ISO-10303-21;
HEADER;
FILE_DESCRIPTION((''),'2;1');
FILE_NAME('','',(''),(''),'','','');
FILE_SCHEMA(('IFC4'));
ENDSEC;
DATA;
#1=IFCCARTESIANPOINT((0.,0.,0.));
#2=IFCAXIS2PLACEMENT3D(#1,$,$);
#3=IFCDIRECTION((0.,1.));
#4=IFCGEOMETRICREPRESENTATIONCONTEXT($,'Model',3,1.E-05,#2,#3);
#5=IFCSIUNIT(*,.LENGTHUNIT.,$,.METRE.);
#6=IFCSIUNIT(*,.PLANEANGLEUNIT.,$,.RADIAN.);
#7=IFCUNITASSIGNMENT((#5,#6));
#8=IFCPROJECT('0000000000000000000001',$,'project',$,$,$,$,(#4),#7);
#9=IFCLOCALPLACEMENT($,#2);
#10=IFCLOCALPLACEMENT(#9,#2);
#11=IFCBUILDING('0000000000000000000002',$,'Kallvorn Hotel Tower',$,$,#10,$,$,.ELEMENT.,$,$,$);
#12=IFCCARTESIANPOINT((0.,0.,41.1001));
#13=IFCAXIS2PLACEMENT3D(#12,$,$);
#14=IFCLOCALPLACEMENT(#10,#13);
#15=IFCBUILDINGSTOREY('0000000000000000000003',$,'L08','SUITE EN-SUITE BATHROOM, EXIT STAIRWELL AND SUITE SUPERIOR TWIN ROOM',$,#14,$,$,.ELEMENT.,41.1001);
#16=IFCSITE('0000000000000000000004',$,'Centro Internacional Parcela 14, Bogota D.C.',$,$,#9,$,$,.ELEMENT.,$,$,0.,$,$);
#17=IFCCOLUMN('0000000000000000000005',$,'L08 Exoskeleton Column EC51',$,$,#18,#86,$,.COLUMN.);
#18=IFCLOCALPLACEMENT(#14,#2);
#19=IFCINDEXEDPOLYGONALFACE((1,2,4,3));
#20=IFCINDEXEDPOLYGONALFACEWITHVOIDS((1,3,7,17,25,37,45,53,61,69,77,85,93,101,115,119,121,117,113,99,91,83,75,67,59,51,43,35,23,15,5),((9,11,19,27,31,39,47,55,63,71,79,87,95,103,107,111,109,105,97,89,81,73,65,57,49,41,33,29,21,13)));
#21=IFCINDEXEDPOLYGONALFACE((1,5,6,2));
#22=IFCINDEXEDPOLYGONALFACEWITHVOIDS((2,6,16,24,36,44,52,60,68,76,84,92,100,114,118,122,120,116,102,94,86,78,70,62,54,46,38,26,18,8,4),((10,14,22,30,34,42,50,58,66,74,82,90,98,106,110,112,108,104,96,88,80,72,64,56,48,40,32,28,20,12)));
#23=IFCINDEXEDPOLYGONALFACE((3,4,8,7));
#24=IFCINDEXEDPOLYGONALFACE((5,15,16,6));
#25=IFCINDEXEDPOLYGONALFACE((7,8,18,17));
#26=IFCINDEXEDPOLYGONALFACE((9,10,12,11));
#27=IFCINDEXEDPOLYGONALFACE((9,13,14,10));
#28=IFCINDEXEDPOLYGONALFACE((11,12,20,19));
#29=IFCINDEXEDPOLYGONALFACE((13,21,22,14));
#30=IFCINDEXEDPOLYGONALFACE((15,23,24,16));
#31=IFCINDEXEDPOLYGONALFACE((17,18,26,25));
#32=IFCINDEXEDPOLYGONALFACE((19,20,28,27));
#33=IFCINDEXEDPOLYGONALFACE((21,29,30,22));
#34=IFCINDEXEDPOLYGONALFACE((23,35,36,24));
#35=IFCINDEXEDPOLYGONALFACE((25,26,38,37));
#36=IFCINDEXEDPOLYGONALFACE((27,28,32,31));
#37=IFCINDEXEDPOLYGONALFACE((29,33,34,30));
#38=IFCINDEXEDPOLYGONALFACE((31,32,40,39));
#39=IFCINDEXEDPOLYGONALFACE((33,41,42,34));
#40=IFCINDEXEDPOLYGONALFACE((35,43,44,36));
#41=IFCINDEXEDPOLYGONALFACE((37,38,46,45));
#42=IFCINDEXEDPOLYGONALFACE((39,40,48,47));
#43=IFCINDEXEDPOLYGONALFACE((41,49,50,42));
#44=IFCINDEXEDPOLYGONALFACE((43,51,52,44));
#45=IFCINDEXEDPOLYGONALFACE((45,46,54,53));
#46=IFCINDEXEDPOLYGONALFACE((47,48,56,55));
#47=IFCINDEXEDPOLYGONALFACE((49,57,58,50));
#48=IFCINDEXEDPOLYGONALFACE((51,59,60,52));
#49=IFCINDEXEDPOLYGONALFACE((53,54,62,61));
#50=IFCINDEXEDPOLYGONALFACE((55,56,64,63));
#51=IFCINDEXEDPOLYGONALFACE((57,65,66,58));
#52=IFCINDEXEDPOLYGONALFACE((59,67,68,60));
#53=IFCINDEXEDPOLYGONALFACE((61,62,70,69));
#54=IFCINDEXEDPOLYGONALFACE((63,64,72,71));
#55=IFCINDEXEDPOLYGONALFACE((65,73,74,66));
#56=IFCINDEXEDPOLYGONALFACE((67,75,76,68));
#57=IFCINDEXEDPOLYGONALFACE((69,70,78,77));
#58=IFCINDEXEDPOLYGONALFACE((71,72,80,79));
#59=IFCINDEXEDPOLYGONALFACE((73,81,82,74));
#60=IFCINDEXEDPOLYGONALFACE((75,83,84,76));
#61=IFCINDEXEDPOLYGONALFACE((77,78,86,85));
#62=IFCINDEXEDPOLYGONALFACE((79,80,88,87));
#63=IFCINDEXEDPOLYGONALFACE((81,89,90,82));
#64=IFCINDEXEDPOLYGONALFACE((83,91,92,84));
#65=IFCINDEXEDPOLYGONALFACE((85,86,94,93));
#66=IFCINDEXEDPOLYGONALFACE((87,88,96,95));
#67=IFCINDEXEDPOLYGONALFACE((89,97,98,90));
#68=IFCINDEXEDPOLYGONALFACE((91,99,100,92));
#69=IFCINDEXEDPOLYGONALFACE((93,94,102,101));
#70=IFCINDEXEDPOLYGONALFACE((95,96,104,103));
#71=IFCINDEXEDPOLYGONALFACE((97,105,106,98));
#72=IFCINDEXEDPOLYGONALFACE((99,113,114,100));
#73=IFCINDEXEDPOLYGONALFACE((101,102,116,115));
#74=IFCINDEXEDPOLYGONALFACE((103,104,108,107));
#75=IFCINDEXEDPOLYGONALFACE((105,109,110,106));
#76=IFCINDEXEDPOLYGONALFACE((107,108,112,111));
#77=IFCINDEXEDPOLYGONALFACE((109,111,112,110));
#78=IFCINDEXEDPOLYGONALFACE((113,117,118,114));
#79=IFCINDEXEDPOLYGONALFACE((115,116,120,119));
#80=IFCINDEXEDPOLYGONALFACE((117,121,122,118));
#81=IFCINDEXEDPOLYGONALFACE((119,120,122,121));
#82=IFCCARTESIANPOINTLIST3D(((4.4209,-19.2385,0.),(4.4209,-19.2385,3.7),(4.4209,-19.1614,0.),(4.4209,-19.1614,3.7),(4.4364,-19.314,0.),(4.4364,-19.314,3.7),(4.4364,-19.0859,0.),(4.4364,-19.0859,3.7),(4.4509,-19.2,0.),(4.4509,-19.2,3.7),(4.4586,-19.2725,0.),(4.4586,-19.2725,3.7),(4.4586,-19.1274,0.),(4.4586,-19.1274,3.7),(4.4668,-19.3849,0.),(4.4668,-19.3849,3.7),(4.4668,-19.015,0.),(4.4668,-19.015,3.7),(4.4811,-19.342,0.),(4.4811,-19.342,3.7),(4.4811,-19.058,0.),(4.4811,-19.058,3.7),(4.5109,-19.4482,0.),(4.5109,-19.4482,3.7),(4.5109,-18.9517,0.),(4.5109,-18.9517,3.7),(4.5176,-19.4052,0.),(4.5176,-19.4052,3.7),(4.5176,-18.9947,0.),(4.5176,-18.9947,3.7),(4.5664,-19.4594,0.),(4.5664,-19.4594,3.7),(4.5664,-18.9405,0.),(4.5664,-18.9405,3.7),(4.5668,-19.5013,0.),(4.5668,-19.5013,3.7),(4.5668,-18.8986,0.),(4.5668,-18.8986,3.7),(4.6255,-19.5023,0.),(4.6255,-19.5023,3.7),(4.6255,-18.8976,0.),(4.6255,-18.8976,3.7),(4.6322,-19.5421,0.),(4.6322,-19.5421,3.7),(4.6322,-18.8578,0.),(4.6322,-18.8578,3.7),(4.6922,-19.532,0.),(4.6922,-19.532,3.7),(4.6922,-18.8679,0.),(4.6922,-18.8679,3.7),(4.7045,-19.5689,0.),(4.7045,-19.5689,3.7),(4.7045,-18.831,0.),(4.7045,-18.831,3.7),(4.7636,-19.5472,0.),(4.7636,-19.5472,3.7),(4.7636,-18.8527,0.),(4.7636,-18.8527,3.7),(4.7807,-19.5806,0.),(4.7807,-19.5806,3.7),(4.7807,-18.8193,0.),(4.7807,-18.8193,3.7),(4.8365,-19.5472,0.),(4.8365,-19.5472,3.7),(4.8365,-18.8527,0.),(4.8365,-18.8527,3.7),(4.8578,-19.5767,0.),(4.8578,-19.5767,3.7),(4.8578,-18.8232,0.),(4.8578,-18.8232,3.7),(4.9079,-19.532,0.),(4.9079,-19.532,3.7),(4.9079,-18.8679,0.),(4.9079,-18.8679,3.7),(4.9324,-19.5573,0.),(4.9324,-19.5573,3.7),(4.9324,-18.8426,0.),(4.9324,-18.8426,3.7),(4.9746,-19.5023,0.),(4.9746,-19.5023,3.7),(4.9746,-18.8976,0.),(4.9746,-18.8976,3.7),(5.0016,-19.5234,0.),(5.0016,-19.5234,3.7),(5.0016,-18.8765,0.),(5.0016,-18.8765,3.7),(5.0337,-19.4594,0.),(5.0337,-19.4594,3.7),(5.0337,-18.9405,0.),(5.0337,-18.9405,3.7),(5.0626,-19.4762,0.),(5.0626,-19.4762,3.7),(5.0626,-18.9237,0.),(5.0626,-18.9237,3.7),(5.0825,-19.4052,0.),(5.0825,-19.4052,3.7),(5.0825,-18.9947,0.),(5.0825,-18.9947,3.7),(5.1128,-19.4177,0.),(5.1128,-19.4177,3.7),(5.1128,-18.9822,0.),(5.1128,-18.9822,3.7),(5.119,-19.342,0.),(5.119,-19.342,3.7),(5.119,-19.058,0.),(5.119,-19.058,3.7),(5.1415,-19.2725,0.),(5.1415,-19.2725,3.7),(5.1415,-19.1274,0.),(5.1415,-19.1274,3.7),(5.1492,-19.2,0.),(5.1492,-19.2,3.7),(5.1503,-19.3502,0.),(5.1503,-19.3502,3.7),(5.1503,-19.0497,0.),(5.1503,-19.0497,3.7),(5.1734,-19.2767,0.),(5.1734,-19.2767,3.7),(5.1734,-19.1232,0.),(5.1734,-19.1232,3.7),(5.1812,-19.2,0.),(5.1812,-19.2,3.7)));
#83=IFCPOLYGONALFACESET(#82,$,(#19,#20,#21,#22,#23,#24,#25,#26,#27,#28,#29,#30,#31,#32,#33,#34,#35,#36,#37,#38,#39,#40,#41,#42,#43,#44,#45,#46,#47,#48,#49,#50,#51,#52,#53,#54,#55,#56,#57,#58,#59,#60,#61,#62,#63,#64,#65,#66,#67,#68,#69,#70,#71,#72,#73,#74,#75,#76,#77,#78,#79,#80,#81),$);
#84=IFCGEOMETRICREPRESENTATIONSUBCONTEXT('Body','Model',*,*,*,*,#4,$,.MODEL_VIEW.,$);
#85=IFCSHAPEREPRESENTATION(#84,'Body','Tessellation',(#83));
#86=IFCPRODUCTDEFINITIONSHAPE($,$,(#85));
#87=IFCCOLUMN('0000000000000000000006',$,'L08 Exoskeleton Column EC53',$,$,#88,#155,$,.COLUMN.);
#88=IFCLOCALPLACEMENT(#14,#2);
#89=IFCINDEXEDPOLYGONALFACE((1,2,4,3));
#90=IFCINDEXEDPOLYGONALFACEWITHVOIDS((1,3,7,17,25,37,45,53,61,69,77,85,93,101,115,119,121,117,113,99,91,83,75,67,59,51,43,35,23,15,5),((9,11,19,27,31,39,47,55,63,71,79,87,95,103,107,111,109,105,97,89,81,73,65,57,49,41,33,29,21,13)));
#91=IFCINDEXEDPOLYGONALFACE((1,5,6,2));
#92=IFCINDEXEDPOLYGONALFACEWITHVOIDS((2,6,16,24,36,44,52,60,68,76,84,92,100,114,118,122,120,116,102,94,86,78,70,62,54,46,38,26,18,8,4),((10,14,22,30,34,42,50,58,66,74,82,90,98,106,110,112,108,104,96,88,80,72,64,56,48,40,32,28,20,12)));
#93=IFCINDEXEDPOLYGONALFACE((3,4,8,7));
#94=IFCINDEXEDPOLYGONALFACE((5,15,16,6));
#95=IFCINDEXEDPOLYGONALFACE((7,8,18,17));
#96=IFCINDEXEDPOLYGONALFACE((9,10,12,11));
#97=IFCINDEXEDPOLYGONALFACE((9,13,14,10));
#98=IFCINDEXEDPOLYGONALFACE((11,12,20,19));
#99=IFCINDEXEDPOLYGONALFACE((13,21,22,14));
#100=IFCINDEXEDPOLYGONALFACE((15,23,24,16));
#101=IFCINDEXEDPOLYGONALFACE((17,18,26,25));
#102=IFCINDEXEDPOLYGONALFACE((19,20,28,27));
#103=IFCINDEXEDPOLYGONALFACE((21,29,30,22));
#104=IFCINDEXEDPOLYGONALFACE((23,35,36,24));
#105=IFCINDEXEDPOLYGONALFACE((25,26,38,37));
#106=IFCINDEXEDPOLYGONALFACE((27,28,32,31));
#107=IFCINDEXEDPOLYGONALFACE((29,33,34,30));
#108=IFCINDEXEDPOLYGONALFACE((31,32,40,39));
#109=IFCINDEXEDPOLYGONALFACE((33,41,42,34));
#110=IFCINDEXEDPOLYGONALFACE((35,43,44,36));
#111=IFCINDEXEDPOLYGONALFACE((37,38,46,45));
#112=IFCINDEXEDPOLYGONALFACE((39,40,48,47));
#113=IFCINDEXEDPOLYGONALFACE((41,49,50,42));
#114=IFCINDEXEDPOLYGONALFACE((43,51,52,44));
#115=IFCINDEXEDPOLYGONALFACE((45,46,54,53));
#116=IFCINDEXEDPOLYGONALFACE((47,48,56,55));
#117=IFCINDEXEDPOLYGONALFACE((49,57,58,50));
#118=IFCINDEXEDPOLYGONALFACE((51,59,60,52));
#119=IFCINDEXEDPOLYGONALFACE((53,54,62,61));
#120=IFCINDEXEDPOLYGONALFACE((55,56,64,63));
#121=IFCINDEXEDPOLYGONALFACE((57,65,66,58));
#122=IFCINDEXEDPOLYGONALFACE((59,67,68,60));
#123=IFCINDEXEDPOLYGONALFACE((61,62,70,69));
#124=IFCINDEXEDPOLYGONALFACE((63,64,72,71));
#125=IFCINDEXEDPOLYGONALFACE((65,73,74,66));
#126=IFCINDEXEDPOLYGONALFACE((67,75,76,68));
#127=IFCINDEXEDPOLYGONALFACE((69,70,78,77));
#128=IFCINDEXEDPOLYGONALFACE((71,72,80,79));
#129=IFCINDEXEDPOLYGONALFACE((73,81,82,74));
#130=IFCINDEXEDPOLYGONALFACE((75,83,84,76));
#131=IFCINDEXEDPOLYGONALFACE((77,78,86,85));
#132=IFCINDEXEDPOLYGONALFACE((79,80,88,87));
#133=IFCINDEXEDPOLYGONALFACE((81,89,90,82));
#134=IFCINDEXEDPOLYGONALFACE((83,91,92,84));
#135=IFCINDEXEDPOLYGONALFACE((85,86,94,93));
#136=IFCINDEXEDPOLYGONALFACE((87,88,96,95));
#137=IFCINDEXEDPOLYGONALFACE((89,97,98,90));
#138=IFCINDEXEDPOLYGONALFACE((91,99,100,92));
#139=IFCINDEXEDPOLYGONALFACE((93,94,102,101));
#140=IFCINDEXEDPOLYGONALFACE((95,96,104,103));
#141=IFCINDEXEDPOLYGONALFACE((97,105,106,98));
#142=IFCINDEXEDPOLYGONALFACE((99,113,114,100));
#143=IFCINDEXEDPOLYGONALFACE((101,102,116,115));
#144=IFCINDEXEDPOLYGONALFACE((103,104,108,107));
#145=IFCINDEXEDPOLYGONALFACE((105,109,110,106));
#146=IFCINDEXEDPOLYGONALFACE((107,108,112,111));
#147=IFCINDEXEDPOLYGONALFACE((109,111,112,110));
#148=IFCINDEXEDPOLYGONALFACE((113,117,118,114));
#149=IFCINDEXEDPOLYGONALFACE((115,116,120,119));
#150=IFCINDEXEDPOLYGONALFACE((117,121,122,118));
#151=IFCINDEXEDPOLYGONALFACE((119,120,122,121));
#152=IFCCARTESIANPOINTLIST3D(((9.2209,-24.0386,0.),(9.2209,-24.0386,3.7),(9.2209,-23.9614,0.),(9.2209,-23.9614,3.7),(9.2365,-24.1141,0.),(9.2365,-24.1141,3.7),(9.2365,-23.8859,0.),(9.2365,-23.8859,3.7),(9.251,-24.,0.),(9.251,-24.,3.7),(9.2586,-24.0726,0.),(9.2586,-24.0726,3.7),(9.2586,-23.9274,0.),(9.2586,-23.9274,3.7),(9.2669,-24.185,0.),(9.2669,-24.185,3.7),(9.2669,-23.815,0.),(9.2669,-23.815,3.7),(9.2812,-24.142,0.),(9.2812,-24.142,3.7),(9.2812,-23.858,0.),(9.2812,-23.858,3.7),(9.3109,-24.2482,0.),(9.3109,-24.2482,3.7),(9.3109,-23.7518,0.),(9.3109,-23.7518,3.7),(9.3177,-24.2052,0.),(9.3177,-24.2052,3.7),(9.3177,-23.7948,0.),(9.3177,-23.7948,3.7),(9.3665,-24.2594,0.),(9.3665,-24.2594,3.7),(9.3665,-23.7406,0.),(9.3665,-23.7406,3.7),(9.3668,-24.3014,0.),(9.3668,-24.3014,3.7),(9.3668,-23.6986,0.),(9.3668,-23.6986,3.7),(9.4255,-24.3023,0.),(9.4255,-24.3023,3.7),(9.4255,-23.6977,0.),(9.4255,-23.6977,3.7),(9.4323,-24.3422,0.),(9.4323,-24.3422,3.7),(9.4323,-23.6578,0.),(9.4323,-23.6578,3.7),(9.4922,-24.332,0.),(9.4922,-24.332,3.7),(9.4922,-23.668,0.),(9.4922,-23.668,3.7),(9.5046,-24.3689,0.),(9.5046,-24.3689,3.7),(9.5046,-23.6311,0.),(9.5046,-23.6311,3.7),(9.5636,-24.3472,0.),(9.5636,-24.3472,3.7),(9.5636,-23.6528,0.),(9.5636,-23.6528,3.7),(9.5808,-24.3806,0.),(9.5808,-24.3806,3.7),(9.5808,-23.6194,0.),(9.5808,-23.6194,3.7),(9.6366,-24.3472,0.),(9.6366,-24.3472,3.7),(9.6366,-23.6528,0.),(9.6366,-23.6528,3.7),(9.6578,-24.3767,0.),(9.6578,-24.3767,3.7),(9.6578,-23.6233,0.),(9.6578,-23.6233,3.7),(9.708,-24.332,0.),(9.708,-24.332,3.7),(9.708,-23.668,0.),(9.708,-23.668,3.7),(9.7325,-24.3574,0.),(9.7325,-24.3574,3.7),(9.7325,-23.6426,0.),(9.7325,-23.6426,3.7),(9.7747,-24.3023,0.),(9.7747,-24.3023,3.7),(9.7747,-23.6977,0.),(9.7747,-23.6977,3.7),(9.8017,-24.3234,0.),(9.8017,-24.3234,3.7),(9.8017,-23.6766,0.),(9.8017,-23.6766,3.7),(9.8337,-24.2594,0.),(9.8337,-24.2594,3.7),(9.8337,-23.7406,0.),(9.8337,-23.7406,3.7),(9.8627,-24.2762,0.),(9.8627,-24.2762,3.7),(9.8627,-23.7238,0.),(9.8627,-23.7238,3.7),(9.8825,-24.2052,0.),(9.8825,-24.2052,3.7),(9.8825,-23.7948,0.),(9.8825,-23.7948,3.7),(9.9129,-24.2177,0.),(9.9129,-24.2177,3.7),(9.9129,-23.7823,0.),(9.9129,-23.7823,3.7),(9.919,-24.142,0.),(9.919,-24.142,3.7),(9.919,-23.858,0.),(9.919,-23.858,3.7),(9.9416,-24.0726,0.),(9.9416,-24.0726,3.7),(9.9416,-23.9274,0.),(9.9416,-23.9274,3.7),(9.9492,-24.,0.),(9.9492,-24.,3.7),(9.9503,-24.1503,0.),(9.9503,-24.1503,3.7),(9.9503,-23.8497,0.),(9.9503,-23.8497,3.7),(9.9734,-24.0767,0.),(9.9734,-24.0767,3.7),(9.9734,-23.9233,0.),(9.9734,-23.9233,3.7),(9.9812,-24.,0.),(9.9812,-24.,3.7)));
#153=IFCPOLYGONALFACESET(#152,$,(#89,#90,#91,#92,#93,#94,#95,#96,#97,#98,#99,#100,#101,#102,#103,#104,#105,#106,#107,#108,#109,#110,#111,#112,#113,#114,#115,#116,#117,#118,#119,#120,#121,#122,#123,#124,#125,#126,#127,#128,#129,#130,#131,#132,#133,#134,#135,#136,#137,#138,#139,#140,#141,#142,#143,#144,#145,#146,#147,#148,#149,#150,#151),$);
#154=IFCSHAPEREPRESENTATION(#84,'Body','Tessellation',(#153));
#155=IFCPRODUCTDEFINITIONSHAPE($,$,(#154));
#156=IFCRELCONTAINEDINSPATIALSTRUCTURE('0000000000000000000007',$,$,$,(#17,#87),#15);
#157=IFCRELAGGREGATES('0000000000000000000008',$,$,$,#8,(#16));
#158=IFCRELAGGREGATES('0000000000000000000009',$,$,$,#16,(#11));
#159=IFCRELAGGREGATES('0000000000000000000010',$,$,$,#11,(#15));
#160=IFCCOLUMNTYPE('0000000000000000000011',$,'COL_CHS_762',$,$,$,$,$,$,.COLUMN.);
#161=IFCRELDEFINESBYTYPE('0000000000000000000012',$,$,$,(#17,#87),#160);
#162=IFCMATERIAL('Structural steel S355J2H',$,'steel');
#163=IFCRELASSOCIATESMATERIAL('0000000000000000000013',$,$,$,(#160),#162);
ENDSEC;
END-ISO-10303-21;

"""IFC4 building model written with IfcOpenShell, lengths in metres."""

from ifc_helpers import new_model, si_unit, direction, frame, origin, origin_2d, place, context, subcontext, project, spatial, hollow_circle, extrude, material, material_profile, profile_set, type_object, element, save


model = new_model("IFC4")

# Units and contexts
model_context = context("Model", 3, precision=1e-05, world=origin(), true_north=direction((0.0, 1.0)))
body_context = subcontext(model_context, "Body", "Model", "MODEL_VIEW")
ifc_project = project(units=[si_unit("LENGTHUNIT", "METRE"), si_unit("PLANEANGLEUNIT", "RADIAN")], contexts=[model_context])

# Site, building, storey
site_placement = place(None, origin())
site = spatial("IfcSite", under=ifc_project, at=site_placement, Name="Centro Internacional Parcela 14, Bogota D.C.", CompositionType="ELEMENT", RefElevation=0.0)
building_placement = place(site_placement, origin())
building = spatial("IfcBuilding", under=site, at=building_placement, Name="Kallvorn Hotel Tower", CompositionType="ELEMENT")
storey_placement = place(building_placement, frame((0.0, 0.0, 41.1001)))
storey = spatial("IfcBuildingStorey", under=building, at=storey_placement, Name="L08", Description="SUITE EN-SUITE BATHROOM, EXIT STAIRWELL AND SUITE SUPERIOR TWIN ROOM", CompositionType="ELEMENT", Elevation=41.1001)

# Columns
ifc_material_1 = material(Name="Structural steel S355J2H", Category="steel")
ifc_material_profile_1 = material_profile(ifc_material_1, hollow_circle(Radius=0.3811, WallThickness=0.032, at=origin_2d()), Name="CHS 762x32")
ifc_profile_set_1 = profile_set([ifc_material_profile_1], Name="Structural steel S355J2H")
column_type_1 = type_object("IfcColumnType", Name="COL_CHS_762", PredefinedType="COLUMN", material=ifc_profile_set_1)
for number, where, z_axis, x_axis, name in (
    (1, (4.8, -19.2, 0.0), (0.0, 0.0, 1.0), (1.0, 0.0, 0.0), "L08 Exoskeleton Column EC51"),
    (2, (9.6001, -24.0, 0.0), (0.0, 0.0, 1.0), (1.0, 0.0, 0.0), "L08 Exoskeleton Column EC53"),
):
    element("IfcColumn", number, at=place(storey_placement, frame(where, z_axis=z_axis, x_axis=x_axis)), inside=storey, type_object=column_type_1, Name=name, PredefinedType="COLUMN", context=body_context, shape_type="SweptSolid", body=[
        extrude(hollow_circle(Radius=0.3811, WallThickness=0.032, at=origin_2d()), origin(), (0.0, 0.0, 1.0), 3.7),
    ])

save(model, "model.ifc")
